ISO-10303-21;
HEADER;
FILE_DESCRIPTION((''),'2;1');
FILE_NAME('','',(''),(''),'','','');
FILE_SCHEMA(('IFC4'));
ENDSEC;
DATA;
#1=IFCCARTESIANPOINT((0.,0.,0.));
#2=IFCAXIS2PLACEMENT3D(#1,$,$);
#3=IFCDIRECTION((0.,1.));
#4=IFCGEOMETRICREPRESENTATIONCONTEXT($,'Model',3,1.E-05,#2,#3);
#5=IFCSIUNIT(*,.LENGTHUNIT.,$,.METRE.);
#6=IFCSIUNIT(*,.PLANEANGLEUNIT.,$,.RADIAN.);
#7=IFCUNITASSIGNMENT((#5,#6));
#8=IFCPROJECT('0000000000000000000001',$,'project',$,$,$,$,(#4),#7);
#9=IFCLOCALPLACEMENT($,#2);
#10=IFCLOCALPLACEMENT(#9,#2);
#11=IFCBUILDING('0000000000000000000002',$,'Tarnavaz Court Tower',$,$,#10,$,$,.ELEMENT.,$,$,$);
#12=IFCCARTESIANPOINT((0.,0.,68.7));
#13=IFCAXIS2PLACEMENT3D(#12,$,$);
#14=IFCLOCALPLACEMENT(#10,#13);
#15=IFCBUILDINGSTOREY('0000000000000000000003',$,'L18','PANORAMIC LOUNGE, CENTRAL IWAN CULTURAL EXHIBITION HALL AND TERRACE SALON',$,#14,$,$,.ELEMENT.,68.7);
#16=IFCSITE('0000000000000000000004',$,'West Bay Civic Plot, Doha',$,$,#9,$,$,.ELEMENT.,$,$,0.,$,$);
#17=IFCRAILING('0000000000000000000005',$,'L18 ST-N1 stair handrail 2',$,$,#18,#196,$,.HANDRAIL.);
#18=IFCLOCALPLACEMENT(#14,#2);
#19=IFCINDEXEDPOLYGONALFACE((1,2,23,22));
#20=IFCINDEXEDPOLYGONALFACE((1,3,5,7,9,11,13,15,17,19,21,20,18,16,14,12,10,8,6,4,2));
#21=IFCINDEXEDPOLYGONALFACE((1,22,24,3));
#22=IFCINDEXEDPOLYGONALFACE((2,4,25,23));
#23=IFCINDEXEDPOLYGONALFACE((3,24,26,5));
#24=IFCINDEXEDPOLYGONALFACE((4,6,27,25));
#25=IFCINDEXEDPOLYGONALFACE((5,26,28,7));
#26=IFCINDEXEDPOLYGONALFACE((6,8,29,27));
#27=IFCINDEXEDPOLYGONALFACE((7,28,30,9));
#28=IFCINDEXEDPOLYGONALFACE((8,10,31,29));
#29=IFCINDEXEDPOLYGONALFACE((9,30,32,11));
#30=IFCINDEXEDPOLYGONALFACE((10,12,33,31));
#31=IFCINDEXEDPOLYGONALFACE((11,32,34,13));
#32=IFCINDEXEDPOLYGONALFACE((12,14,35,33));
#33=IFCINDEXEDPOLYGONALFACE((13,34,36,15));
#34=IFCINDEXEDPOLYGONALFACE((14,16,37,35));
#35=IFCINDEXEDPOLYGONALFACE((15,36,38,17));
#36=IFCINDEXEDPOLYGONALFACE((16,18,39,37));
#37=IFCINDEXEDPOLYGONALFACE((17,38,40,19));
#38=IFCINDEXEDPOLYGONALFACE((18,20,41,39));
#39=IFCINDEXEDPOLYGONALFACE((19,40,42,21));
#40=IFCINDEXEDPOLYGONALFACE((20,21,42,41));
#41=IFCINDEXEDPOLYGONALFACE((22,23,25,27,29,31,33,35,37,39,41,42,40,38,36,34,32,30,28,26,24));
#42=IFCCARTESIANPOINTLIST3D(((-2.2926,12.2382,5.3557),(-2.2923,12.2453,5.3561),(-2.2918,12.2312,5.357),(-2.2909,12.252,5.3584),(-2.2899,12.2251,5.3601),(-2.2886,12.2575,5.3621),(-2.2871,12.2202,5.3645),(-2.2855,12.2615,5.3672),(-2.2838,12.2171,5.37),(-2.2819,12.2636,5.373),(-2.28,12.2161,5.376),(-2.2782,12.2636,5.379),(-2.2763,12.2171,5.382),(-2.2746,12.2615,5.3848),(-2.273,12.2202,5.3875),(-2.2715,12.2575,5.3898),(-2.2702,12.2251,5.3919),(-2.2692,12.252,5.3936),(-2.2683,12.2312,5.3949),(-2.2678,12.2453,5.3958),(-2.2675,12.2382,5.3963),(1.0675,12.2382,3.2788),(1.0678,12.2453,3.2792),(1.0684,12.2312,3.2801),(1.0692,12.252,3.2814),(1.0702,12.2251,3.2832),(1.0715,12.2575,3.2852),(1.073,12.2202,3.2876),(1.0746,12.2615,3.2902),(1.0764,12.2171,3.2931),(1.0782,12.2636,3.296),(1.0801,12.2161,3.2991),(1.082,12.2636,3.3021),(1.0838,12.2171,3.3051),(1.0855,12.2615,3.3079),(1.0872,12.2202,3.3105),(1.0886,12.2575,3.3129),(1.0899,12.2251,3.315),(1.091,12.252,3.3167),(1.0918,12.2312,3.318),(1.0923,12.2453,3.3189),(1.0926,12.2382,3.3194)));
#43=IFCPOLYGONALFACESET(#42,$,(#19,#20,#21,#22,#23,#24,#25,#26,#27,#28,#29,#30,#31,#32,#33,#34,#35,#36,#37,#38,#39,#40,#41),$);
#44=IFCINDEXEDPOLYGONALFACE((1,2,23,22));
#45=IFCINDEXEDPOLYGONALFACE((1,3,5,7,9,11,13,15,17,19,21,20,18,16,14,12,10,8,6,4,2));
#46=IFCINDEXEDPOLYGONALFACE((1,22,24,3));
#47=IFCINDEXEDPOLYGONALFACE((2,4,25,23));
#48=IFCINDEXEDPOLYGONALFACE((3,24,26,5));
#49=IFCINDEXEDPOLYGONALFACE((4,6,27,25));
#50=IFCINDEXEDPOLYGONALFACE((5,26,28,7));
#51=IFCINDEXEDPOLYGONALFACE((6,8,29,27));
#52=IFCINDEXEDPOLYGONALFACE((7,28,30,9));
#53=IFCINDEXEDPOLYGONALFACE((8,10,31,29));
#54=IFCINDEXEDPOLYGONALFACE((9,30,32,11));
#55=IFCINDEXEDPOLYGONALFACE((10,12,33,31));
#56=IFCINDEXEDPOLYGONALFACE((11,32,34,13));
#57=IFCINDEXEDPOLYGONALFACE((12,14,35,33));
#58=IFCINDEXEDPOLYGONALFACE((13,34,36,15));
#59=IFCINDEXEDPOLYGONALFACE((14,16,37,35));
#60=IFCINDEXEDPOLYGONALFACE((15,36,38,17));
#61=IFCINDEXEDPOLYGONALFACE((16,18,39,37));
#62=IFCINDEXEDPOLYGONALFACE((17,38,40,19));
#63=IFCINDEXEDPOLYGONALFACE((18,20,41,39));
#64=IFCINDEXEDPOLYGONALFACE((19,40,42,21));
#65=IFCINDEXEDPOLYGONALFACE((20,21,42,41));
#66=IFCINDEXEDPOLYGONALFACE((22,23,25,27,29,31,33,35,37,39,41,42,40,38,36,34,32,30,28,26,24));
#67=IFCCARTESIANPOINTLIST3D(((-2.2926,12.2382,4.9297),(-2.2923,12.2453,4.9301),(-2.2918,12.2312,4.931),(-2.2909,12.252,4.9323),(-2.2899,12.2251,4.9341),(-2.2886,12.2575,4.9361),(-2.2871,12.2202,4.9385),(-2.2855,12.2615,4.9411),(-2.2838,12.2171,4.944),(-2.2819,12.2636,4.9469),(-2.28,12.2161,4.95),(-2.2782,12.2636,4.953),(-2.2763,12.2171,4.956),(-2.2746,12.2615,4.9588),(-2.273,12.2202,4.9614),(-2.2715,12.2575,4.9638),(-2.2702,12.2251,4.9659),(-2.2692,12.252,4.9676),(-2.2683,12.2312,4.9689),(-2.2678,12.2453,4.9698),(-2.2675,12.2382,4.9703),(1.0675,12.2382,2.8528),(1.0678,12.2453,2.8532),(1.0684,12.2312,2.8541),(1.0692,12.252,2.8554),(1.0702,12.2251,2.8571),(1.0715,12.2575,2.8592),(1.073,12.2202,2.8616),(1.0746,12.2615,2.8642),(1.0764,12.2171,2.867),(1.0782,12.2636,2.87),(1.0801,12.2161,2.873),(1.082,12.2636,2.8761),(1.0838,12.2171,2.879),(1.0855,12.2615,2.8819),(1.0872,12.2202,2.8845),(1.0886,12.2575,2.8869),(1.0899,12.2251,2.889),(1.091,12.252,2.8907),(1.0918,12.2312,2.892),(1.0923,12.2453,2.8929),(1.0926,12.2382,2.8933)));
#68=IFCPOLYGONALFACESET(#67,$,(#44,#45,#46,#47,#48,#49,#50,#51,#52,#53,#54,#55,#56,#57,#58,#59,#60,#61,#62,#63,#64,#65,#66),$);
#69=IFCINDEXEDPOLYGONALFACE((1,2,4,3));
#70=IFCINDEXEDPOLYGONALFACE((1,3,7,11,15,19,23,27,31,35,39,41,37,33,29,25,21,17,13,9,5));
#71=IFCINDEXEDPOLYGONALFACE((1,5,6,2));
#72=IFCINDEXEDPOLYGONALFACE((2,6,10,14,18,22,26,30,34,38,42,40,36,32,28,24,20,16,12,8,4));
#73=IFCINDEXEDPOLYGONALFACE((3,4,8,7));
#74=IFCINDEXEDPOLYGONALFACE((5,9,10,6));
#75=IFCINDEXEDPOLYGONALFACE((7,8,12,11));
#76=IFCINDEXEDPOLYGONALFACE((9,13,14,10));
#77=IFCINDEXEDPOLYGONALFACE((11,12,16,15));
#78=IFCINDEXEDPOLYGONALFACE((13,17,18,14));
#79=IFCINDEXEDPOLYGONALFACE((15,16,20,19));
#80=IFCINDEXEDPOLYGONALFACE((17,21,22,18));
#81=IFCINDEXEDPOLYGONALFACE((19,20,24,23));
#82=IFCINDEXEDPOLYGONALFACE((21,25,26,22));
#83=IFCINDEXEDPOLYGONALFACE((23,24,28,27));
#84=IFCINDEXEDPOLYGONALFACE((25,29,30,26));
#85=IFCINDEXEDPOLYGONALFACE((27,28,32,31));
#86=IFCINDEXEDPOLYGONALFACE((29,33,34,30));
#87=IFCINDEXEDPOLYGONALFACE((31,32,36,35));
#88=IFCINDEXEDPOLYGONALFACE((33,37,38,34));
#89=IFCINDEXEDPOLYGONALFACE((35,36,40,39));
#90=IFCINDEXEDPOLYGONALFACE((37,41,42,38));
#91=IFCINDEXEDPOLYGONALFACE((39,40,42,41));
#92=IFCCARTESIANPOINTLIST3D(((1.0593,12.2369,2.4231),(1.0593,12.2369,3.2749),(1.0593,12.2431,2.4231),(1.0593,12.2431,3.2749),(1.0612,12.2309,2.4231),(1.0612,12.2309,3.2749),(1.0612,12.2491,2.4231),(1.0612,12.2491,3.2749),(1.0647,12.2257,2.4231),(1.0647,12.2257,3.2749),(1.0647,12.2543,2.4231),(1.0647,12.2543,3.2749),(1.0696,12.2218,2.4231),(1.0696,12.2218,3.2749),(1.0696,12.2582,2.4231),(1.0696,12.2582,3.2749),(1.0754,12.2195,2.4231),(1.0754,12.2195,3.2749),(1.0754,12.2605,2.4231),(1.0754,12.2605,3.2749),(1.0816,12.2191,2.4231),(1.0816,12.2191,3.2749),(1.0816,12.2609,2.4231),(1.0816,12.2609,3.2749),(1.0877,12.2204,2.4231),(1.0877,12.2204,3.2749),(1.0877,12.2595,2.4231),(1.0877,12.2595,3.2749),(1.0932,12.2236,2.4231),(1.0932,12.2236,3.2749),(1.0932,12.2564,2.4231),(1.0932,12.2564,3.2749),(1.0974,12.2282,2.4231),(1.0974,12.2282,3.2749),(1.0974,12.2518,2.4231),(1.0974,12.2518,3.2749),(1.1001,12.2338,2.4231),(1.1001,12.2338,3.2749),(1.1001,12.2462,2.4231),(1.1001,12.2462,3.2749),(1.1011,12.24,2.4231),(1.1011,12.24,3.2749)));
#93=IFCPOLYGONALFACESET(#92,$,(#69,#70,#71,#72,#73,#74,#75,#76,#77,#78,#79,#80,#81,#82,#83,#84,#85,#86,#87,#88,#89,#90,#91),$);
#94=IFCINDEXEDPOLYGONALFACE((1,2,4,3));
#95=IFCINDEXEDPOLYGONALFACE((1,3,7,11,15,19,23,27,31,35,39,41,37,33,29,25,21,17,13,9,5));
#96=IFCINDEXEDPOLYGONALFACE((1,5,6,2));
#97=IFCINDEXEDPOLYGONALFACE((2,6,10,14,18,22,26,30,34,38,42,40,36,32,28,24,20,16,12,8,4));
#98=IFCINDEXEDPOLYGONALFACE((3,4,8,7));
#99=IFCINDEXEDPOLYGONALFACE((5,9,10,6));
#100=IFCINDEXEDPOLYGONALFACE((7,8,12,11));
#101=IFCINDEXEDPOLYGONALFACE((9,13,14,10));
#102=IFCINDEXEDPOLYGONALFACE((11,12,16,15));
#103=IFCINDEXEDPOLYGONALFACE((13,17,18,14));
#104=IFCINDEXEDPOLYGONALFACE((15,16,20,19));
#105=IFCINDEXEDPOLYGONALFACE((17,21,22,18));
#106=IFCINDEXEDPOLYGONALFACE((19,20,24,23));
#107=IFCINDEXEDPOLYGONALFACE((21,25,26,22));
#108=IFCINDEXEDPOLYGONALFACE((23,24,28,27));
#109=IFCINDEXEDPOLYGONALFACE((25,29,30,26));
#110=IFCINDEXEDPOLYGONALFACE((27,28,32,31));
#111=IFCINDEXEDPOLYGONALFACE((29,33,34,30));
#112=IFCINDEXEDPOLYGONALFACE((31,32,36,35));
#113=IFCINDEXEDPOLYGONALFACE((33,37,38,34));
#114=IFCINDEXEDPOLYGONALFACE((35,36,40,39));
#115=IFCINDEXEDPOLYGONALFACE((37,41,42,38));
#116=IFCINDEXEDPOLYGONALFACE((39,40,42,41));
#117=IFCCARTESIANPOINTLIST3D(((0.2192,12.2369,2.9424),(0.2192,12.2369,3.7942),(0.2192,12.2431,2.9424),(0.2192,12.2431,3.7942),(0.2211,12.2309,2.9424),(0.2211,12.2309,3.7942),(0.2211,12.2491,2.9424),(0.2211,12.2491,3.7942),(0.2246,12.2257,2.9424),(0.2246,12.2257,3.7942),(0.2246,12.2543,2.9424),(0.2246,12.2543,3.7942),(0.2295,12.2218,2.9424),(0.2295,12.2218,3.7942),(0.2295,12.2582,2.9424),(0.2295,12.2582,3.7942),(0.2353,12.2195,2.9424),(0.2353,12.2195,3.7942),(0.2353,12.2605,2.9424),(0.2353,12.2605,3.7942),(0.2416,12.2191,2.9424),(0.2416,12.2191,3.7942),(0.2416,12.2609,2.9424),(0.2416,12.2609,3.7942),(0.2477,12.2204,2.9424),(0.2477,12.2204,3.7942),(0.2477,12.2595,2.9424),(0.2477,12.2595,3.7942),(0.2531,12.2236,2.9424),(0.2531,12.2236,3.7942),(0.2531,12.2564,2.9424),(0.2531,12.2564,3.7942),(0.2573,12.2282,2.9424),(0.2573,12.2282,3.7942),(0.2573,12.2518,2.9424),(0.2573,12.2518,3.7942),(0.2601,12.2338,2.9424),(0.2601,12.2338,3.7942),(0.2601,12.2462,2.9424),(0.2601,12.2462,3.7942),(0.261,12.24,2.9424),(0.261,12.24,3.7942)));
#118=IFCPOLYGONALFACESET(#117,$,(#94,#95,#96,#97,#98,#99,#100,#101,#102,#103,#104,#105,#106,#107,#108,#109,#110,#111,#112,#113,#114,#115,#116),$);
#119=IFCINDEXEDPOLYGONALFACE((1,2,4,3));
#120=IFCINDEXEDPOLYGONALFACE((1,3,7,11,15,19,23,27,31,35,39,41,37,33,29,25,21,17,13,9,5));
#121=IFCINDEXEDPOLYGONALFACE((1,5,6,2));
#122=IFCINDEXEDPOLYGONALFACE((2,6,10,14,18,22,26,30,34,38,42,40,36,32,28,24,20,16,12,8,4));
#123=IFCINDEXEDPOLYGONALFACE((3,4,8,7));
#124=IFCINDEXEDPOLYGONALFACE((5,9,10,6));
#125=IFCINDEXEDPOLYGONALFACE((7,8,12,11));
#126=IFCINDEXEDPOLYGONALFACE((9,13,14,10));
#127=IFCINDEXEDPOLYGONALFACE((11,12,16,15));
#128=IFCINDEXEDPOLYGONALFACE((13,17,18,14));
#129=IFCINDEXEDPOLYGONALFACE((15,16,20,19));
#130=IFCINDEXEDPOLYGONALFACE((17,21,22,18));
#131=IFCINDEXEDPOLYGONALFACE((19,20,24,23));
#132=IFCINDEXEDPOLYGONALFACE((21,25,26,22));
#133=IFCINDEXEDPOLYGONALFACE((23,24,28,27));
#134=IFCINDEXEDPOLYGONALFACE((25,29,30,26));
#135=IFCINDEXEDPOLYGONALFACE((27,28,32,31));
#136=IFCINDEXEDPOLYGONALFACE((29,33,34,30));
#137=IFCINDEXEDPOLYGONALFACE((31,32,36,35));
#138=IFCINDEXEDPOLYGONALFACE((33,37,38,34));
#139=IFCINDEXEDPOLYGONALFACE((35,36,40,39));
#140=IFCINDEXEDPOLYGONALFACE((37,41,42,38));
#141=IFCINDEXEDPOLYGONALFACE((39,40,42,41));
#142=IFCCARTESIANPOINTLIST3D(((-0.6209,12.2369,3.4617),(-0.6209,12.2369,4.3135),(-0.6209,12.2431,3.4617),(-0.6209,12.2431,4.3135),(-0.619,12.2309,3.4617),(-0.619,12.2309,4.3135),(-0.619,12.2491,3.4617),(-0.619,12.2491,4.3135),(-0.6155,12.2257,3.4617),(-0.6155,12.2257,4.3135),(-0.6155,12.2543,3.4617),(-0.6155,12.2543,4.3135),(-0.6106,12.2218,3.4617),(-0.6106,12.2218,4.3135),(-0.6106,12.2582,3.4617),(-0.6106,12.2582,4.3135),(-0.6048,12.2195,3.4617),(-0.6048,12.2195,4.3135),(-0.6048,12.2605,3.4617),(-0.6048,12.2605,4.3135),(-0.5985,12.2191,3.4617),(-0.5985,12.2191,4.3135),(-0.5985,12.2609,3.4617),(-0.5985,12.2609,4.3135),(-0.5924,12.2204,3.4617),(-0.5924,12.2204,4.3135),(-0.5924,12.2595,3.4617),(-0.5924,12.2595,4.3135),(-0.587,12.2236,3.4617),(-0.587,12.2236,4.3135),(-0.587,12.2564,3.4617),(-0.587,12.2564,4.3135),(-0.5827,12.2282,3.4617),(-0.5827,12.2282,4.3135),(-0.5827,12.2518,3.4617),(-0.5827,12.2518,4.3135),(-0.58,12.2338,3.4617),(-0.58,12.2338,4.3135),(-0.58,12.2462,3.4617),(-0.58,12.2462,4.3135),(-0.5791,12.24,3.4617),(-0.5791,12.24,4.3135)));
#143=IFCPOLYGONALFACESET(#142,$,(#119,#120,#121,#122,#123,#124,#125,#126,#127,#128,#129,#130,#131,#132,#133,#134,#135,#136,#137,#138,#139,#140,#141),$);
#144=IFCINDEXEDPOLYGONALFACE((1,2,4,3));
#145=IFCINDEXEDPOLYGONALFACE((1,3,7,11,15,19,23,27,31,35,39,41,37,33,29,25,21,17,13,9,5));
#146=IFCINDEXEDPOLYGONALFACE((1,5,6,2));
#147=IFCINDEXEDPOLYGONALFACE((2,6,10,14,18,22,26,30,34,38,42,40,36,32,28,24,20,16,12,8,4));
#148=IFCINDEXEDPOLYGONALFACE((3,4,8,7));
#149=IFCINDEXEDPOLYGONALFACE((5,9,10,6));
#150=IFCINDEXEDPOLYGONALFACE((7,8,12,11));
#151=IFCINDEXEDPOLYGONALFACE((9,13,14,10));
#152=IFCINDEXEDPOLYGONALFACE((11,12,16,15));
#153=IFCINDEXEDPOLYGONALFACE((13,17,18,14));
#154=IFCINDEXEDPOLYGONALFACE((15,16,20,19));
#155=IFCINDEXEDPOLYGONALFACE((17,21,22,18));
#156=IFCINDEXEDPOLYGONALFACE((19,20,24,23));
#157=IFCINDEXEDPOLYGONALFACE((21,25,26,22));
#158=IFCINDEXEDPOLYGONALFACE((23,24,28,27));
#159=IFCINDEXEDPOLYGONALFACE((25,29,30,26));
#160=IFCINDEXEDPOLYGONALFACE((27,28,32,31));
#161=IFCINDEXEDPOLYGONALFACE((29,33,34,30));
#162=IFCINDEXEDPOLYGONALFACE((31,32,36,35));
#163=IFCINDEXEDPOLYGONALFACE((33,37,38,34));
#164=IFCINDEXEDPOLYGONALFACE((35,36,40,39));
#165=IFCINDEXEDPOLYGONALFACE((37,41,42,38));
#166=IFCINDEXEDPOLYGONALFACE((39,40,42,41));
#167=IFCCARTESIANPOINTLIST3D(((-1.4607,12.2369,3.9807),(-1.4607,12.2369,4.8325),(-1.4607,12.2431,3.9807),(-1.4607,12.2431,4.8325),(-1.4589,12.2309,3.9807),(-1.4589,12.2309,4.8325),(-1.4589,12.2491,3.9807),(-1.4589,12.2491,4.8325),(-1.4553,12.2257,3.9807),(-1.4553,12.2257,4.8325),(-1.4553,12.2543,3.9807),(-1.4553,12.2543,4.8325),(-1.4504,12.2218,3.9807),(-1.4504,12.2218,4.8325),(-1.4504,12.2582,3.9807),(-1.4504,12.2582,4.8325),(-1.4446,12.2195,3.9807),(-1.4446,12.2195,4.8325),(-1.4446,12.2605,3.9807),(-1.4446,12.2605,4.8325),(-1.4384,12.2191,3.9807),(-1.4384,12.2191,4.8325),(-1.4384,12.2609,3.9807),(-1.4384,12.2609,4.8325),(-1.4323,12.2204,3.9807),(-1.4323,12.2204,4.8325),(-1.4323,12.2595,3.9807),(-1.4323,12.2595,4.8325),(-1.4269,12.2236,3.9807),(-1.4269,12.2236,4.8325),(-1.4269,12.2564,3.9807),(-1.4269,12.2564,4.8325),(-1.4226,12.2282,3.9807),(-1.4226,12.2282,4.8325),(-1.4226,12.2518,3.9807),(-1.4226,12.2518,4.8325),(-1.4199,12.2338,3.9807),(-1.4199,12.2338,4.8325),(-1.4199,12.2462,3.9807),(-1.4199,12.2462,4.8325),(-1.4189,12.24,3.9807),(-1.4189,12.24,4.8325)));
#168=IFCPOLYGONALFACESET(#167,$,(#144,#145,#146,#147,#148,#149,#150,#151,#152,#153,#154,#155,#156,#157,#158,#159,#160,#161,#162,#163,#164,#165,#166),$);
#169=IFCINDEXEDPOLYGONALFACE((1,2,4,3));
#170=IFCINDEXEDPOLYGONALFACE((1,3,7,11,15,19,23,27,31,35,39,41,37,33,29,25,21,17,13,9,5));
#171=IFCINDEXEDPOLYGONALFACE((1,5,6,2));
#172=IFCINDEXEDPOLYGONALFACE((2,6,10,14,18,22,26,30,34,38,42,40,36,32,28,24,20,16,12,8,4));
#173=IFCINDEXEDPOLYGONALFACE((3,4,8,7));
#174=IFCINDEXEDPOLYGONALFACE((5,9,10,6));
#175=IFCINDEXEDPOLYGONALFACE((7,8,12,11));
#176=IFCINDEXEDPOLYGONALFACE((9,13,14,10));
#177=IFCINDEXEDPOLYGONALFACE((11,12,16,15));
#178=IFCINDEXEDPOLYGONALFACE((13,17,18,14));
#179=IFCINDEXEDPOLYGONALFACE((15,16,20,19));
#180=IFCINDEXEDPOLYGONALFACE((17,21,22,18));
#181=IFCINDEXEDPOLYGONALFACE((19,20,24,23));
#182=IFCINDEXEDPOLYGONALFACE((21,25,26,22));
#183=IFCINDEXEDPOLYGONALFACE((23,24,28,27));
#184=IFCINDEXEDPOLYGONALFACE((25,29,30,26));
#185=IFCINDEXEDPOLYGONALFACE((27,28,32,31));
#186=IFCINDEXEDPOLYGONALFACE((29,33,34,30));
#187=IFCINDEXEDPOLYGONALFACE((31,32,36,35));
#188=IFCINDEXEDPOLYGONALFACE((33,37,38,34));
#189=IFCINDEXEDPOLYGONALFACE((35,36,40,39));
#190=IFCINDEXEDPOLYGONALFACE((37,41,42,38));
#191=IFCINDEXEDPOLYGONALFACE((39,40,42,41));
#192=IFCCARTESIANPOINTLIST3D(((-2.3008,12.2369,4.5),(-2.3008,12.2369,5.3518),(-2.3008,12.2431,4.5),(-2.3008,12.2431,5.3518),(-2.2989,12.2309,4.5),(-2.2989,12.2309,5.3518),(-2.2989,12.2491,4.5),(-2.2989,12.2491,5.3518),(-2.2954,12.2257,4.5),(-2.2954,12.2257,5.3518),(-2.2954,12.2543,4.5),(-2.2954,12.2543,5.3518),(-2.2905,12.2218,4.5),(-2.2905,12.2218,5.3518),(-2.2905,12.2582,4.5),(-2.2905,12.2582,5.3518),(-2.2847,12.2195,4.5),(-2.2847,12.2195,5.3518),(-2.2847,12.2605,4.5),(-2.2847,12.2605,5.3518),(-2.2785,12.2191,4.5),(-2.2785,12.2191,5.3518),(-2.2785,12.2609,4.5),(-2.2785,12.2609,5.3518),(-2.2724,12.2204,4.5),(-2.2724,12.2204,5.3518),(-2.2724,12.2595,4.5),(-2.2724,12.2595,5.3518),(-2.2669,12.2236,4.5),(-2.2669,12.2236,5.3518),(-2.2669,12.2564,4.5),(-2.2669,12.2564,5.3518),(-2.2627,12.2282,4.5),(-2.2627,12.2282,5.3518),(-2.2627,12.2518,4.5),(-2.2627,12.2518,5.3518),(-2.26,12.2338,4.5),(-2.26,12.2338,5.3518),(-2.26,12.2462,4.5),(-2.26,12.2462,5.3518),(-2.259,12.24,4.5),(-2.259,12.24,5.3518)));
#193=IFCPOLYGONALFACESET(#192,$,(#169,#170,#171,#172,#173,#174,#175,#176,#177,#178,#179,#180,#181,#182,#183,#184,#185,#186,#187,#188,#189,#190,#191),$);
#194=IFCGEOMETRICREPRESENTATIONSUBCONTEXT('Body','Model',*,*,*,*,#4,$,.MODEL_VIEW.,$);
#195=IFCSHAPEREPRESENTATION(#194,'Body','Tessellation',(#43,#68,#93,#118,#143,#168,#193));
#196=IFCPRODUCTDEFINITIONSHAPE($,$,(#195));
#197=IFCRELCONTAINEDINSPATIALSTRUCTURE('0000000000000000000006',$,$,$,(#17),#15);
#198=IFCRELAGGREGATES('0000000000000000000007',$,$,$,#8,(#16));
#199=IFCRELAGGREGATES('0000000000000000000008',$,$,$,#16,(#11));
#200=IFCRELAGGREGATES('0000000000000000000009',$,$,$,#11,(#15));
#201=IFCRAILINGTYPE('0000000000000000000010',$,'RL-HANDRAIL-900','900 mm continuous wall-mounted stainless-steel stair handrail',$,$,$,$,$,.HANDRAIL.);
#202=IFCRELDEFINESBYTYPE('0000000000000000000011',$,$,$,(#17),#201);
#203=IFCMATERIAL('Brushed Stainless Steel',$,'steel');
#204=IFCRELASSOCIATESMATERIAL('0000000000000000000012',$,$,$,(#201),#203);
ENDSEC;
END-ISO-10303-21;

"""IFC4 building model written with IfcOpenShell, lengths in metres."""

from ifc_helpers import new_model, si_unit, direction, frame, origin, origin_2d, place, context, subcontext, project, spatial, circle, extrude, material, type_object, element, save


model = new_model("IFC4")

# Units and contexts
model_context = context("Model", 3, precision=1e-05, world=origin(), true_north=direction((0.0, 1.0)))
body_context = subcontext(model_context, "Body", "Model", "MODEL_VIEW")
ifc_project = project(units=[si_unit("LENGTHUNIT", "METRE"), si_unit("PLANEANGLEUNIT", "RADIAN")], contexts=[model_context])

# Site, building, storey
site_placement = place(None, origin())
site = spatial("IfcSite", under=ifc_project, at=site_placement, Name="West Bay Civic Plot, Doha", CompositionType="ELEMENT", RefElevation=0.0)
building_placement = place(site_placement, origin())
building = spatial("IfcBuilding", under=site, at=building_placement, Name="Tarnavaz Court Tower", CompositionType="ELEMENT")
storey_placement = place(building_placement, frame((0.0, 0.0, 68.7)))
storey = spatial("IfcBuildingStorey", under=building, at=storey_placement, Name="L18", Description="PANORAMIC LOUNGE, CENTRAL IWAN CULTURAL EXHIBITION HALL AND TERRACE SALON", CompositionType="ELEMENT", Elevation=68.7)

# Railing
ifc_material_1 = material(Name="Brushed Stainless Steel", Category="steel")
railing_type_1 = type_object("IfcRailingType", Name="RL-HANDRAIL-900", Description="900 mm continuous wall-mounted stainless-steel stair handrail", PredefinedType="HANDRAIL", material=ifc_material_1)
railing_1_placement = place(storey_placement, frame((1.0801, 12.24, 2.4231)))
element("IfcRailing", 1, at=railing_1_placement, inside=storey, type_object=railing_type_1, Name="L18 ST-N1 stair handrail 2", PredefinedType="HANDRAIL", context=body_context, shape_type="SweptSolid", body=[
    extrude(circle(Radius=0.0239, at=origin_2d()), frame((0.0, 0.0, 0.876), z_axis=(-0.850623, 0.0, 0.525776), x_axis=(0.0, -1.0, 0.0)), (0.0, 0.0, 1.0), 3.9502),
    extrude(circle(Radius=0.0239, at=origin_2d()), frame((0.0, 0.0, 0.45), z_axis=(-0.850623, 0.0, 0.525776), x_axis=(0.0, -1.0, 0.0)), (0.0, 0.0, 1.0), 3.9502),
    extrude(circle(Radius=0.021, at=origin_2d()), origin(), (0.0, 0.0, 1.0), 0.8518),
    extrude(circle(Radius=0.021, at=origin_2d()), frame((-0.8401, 0.0, 0.5193)), (0.0, 0.0, 1.0), 0.8518),
    extrude(circle(Radius=0.021, at=origin_2d()), frame((-1.6802, 0.0, 1.0386)), (0.0, 0.0, 1.0), 0.8518),
    extrude(circle(Radius=0.021, at=origin_2d()), frame((-2.52, 0.0, 1.5576)), (0.0, 0.0, 1.0), 0.8518),
    extrude(circle(Radius=0.021, at=origin_2d()), frame((-3.3601, 0.0, 2.0769)), (0.0, 0.0, 1.0), 0.8518),
])

save(model, "model.ifc")
